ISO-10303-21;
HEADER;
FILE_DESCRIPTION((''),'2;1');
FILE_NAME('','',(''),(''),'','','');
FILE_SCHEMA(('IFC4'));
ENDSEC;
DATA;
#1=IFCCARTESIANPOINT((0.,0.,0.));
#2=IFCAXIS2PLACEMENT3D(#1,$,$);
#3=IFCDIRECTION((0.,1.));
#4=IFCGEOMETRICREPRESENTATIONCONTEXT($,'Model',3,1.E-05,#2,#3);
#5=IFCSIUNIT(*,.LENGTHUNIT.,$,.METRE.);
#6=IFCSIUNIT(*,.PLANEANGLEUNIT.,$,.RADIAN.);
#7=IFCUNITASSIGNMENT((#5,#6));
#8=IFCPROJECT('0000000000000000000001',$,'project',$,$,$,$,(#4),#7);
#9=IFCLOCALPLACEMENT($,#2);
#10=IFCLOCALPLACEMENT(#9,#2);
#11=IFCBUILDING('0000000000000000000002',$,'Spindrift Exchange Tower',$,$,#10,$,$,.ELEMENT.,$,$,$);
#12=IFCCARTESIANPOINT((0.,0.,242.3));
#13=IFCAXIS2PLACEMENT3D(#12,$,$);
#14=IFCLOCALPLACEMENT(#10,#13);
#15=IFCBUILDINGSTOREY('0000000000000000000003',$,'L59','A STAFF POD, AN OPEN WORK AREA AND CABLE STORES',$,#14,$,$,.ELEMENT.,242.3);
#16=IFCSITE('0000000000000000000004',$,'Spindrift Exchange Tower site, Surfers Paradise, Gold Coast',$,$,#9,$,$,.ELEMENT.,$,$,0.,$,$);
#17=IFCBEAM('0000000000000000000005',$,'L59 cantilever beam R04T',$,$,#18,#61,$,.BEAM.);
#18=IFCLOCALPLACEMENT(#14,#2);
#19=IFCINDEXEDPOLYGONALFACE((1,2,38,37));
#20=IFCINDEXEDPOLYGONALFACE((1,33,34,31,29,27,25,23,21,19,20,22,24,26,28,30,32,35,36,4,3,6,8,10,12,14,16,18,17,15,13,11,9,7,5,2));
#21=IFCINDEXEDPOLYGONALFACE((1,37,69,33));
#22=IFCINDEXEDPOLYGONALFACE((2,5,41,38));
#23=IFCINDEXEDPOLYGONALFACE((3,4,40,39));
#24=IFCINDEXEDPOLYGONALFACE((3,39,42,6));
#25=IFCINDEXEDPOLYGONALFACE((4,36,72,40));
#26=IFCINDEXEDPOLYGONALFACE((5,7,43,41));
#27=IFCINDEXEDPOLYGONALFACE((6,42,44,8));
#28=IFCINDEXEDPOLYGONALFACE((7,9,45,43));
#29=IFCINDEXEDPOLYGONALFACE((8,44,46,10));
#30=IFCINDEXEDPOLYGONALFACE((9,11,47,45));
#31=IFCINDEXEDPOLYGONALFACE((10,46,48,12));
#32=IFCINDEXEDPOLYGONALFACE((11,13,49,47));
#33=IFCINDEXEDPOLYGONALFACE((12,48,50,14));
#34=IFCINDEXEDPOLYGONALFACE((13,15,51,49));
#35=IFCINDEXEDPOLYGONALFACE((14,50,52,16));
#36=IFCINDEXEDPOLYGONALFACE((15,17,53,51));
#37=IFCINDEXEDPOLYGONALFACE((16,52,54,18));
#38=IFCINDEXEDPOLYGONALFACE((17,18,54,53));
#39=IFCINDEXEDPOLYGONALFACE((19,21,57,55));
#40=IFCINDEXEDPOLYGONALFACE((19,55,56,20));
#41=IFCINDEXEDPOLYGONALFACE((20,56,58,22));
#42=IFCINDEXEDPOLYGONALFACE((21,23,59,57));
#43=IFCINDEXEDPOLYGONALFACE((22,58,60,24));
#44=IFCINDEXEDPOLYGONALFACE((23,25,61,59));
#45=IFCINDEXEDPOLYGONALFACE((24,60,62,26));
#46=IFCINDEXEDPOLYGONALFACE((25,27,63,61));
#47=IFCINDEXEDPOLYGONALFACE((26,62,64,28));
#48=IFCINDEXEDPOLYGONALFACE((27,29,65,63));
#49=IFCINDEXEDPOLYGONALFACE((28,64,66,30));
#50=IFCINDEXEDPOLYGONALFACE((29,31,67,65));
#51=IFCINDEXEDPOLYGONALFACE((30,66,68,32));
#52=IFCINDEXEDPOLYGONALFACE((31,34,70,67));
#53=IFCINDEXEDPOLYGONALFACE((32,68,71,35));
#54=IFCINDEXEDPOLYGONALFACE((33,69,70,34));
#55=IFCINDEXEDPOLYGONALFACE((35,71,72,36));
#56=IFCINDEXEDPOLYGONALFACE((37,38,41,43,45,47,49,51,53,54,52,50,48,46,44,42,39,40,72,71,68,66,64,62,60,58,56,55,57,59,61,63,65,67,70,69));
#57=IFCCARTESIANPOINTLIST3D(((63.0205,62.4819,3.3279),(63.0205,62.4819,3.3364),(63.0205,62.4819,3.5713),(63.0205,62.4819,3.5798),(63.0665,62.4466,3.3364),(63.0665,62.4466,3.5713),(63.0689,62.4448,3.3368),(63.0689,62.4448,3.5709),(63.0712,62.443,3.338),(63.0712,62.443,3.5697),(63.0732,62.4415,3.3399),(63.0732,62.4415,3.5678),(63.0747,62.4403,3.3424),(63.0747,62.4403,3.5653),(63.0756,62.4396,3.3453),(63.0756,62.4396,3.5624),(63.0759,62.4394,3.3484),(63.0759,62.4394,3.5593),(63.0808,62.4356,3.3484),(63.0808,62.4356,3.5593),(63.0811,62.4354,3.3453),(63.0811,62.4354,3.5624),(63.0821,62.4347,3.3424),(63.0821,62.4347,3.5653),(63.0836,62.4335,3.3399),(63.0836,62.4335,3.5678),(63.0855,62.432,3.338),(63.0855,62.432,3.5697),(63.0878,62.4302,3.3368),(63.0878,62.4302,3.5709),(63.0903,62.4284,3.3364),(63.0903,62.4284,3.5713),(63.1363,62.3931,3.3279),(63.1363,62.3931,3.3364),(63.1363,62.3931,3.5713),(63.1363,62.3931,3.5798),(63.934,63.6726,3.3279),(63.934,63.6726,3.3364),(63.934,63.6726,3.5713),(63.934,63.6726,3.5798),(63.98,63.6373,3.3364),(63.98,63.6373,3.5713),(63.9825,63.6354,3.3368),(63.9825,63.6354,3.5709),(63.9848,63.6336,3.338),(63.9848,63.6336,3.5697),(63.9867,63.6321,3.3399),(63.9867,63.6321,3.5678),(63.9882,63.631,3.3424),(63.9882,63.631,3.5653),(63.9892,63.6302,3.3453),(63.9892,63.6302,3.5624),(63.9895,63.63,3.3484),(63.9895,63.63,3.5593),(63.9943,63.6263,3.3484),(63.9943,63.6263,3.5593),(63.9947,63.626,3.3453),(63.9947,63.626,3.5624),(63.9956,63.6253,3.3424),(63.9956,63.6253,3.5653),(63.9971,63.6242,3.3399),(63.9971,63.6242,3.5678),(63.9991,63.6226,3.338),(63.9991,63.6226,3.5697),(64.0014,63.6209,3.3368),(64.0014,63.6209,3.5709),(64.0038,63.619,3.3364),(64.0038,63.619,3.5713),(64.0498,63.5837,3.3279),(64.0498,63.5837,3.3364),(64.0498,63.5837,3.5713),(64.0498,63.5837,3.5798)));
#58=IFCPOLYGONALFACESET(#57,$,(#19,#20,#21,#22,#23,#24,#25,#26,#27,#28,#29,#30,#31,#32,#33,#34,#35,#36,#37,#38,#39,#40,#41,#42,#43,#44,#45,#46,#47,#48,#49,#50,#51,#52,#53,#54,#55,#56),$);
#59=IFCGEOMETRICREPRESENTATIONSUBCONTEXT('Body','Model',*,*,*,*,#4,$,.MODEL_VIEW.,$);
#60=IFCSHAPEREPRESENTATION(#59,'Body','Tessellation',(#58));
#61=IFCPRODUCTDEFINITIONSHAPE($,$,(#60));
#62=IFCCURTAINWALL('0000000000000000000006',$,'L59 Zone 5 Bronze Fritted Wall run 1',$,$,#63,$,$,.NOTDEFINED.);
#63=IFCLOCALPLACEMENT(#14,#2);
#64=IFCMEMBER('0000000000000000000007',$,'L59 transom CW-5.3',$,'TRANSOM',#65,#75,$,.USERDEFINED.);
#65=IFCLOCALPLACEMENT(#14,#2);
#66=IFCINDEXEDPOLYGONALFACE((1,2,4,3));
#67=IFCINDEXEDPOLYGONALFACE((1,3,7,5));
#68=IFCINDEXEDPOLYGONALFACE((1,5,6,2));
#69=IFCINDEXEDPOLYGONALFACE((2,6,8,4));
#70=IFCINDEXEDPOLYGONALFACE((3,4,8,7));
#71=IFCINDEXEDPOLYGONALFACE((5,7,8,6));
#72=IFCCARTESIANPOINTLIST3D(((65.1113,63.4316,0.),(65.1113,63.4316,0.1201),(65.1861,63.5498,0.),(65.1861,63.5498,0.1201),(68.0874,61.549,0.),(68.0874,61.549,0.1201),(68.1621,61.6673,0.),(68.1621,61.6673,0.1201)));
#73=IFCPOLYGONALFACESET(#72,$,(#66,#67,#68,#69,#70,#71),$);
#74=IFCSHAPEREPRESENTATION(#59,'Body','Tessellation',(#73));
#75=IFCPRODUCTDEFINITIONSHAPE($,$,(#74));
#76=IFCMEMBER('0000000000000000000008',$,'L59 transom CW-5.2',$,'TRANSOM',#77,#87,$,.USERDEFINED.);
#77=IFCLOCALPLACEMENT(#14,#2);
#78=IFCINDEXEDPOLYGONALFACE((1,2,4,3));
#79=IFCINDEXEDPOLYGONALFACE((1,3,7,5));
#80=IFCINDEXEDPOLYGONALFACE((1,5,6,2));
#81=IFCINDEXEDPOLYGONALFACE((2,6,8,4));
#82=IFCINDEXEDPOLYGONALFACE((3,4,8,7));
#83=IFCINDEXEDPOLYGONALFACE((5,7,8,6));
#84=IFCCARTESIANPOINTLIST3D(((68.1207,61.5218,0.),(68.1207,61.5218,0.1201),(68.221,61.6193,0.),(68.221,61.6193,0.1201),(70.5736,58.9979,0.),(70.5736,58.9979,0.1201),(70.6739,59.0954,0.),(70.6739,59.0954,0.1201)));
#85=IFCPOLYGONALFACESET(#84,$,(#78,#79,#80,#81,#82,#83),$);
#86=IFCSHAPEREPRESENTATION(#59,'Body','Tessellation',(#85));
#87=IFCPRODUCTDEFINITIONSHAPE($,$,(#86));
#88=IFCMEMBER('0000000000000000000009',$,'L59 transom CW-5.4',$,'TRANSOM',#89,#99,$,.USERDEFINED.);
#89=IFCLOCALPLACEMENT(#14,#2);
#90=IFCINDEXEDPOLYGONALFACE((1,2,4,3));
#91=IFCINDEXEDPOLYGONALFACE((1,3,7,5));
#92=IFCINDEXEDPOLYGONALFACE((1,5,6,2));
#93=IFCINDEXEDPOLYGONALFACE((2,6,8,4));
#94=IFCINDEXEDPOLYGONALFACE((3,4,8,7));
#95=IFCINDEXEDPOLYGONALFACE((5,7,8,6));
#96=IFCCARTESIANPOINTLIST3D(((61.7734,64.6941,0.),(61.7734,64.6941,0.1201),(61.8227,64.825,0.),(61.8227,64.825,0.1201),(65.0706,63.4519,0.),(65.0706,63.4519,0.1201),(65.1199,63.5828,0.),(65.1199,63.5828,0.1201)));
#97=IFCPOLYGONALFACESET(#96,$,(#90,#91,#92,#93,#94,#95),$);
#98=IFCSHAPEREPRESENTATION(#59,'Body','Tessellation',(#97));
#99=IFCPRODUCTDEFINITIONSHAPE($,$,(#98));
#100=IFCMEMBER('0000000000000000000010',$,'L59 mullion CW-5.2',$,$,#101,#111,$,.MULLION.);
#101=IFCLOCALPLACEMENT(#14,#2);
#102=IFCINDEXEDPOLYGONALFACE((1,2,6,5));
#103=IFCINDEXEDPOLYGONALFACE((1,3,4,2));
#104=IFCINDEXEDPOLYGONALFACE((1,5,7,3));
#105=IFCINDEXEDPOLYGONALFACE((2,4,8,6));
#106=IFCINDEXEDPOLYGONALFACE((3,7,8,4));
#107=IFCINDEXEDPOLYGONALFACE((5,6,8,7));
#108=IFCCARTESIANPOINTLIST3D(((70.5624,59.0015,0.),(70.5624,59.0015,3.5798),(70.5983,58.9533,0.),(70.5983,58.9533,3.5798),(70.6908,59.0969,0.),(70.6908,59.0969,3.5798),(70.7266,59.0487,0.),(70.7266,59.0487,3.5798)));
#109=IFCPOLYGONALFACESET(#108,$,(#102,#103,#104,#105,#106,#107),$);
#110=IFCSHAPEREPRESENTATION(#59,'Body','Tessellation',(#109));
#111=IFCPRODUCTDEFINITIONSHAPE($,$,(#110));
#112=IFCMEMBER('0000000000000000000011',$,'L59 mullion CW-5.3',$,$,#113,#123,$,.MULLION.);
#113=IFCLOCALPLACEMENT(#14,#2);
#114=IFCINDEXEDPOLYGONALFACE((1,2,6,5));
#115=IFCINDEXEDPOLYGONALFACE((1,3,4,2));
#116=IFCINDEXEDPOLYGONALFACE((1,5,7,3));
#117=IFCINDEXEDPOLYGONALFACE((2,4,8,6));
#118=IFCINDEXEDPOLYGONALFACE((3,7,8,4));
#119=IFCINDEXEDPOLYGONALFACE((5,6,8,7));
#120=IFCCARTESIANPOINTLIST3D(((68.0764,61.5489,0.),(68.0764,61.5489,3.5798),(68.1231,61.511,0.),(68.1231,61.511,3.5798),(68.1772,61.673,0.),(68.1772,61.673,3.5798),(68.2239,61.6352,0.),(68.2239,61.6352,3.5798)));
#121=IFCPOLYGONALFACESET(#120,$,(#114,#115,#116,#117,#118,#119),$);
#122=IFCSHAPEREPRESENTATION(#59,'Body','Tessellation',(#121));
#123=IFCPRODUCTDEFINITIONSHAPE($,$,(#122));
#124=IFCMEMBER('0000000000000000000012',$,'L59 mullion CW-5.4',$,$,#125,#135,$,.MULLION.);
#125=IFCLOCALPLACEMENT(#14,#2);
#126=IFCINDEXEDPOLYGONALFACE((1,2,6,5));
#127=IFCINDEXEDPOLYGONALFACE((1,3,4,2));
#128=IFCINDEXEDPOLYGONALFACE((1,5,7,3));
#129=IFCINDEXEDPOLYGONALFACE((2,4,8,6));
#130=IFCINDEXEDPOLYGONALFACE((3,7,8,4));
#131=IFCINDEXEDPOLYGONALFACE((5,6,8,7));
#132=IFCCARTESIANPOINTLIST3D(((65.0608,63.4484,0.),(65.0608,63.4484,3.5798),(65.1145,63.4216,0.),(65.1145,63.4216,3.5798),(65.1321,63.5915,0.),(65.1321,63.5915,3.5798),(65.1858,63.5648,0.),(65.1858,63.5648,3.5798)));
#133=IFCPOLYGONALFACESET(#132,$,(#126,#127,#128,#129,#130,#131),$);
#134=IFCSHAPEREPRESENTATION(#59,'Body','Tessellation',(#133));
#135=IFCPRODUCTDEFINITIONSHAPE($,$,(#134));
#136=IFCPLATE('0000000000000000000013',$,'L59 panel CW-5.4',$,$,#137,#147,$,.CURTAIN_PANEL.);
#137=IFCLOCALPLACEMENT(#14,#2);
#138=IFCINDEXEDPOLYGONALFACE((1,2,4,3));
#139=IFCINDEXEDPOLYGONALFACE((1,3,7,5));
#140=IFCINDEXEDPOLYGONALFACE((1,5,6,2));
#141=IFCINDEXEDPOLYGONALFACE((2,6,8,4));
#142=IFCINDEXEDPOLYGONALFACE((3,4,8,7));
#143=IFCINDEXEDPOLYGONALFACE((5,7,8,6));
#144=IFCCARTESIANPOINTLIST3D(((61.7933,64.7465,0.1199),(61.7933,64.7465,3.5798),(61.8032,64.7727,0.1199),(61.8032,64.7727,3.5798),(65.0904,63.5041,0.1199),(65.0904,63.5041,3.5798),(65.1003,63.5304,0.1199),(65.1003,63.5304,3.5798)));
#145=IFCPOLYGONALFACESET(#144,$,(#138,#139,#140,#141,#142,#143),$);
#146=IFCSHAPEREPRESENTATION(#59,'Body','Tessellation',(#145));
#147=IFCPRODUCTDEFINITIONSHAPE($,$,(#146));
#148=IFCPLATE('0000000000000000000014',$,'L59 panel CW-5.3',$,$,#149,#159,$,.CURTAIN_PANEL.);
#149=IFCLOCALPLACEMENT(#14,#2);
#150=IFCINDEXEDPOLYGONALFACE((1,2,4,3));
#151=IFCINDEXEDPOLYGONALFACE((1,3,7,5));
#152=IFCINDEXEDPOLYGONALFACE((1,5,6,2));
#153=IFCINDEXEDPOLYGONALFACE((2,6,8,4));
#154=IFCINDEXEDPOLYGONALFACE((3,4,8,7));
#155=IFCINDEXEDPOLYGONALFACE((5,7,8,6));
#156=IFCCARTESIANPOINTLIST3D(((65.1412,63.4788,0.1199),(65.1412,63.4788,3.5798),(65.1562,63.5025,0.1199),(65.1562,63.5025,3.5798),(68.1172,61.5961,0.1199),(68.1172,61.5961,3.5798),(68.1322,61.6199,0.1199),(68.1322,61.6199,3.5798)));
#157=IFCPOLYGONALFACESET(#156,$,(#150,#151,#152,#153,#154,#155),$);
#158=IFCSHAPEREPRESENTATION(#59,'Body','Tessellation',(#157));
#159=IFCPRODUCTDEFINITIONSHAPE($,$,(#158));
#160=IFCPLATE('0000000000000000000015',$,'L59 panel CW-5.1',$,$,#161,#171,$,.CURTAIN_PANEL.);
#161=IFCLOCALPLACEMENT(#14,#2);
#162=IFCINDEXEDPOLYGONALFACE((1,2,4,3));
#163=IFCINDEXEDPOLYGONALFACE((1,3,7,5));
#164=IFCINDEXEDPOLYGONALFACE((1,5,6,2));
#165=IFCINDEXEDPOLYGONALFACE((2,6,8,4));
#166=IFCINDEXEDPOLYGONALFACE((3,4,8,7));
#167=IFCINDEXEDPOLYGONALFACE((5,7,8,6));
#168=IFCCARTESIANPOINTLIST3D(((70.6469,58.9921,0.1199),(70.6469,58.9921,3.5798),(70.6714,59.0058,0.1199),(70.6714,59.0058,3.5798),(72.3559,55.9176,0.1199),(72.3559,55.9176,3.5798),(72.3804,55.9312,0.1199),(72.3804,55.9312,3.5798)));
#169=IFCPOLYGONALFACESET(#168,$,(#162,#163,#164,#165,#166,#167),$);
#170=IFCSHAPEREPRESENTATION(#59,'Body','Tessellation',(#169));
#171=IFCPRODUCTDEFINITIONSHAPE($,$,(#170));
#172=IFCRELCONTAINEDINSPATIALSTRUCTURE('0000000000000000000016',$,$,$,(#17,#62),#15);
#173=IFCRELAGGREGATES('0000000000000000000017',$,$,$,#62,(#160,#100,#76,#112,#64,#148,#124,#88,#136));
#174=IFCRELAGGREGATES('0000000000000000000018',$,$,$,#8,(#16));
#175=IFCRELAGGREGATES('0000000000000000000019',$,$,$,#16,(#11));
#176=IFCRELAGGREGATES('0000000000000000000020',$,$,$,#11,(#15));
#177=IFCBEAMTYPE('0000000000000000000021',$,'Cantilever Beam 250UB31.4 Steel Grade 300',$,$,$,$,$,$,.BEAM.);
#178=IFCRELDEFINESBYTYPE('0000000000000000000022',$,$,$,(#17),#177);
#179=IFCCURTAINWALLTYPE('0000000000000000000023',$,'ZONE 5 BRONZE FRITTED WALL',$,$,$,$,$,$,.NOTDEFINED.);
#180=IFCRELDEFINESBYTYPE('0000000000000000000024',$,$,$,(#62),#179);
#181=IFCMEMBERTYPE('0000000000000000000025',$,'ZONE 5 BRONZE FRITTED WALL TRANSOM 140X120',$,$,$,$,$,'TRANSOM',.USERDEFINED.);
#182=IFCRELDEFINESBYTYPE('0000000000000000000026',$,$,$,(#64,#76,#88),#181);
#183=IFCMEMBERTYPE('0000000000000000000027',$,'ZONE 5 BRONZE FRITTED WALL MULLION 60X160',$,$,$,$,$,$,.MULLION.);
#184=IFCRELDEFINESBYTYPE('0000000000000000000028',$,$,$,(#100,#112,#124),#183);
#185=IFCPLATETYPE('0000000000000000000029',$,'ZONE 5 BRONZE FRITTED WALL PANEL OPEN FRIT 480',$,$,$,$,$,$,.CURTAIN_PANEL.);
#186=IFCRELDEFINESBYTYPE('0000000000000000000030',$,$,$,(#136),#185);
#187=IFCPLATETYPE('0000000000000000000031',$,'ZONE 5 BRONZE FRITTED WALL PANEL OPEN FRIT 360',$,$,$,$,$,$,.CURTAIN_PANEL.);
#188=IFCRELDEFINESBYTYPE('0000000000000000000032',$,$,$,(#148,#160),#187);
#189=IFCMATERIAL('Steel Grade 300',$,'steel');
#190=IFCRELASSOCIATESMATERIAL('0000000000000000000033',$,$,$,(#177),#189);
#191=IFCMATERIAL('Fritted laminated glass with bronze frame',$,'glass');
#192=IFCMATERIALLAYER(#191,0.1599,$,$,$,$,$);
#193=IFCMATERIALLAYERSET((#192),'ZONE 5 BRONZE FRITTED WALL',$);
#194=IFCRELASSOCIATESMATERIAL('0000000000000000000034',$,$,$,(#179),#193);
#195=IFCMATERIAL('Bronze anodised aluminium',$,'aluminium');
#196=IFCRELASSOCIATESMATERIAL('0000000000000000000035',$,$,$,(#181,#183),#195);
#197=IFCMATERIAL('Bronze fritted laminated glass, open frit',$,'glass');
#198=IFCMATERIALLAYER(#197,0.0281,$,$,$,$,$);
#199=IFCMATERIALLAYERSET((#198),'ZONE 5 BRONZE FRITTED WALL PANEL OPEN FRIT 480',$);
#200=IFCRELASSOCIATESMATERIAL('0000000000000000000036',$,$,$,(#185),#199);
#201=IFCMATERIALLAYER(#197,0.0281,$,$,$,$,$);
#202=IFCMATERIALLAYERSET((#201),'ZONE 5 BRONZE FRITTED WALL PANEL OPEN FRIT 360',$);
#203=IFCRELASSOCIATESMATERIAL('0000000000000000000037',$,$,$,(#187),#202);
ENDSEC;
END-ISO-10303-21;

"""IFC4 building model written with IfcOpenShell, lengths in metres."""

from ifc_helpers import new_model, si_unit, direction, frame, origin, origin_2d, place, context, subcontext, project, spatial, rectangle, i_section, extrude, source, transform, mapped, material, layer, layer_set, material_profile, profile_set, type_object, element, aggregate, save


model = new_model("IFC4")

# Units and contexts
model_context = context("Model", 3, precision=1e-05, world=origin(), true_north=direction((0.0, 1.0)))
body_context = subcontext(model_context, "Body", "Model", "MODEL_VIEW")
ifc_project = project(units=[si_unit("LENGTHUNIT", "METRE"), si_unit("PLANEANGLEUNIT", "RADIAN")], contexts=[model_context])

# Site, building, storey
site_placement = place(None, origin())
site = spatial("IfcSite", under=ifc_project, at=site_placement, Name="Spindrift Exchange Tower site, Surfers Paradise, Gold Coast", CompositionType="ELEMENT", RefElevation=0.0)
building_placement = place(site_placement, origin())
building = spatial("IfcBuilding", under=site, at=building_placement, Name="Spindrift Exchange Tower", CompositionType="ELEMENT")
storey_placement = place(building_placement, frame((0.0, 0.0, 242.3)))
storey = spatial("IfcBuildingStorey", under=building, at=storey_placement, Name="L59", Description="A STAFF POD, AN OPEN WORK AREA AND CABLE STORES", CompositionType="ELEMENT", Elevation=242.3)

# Beam
ifc_material_1 = material(Name="Steel Grade 300", Category="steel")
ifc_material_profile_1 = material_profile(ifc_material_1, i_section(OverallWidth=0.146, OverallDepth=0.252, WebThickness=0.0061, FlangeThickness=0.0085, FilletRadius=0.012, at=origin_2d()), Name="250UB31.4")
ifc_profile_set_1 = profile_set([ifc_material_profile_1], Name="Steel Grade 300")
beam_type_1 = type_object("IfcBeamType", Name="Cantilever Beam 250UB31.4 Steel Grade 300", PredefinedType="BEAM", material=ifc_profile_set_1)
shared_shape_1 = source(origin(), body_context, "Body", "SweptSolid", [
    extrude(i_section(OverallWidth=0.146, OverallDepth=0.252, WebThickness=0.0061, FlangeThickness=0.0085, FilletRadius=0.012, at=origin_2d()), origin(), (0.0, 0.0, 1.0), 1.5007),
])
beam_1_placement = place(storey_placement, frame((63.0784, 62.4375, 3.4539), z_axis=(0.608735, 0.793373, 0.0), x_axis=(-0.793373, 0.608735, 0.0)))
element("IfcBeam", 1, at=beam_1_placement, inside=storey, type_object=beam_type_1, Name="L59 cantilever beam R04T", PredefinedType="BEAM", context=body_context, shape_type="MappedRepresentation", body=[
    mapped(shared_shape_1, transform((0.0, 0.0, 0.0), scale=1.0)),
])

# Curtain wall, members, plates
ifc_material_2 = material(Name="Fritted laminated glass with bronze frame", Category="glass")
ifc_layer_1 = layer(ifc_material_2, 0.1599)
ifc_layer_set_1 = layer_set([ifc_layer_1], Name="ZONE 5 BRONZE FRITTED WALL")
curtain_wall_type = type_object("IfcCurtainWallType", Name="ZONE 5 BRONZE FRITTED WALL", PredefinedType="NOTDEFINED", material=ifc_layer_set_1)
curtain_wall_placement = place(storey_placement, origin())
curtain_wall = element("IfcCurtainWall", 2, at=curtain_wall_placement, inside=storey, type_object=curtain_wall_type, Name="L59 Zone 5 Bronze Fritted Wall run 1", PredefinedType="NOTDEFINED")
ifc_material_3 = material(Name="Bronze anodised aluminium", Category="aluminium")
ifc_material_profile_2 = material_profile(ifc_material_3, rectangle(XDim=0.1399, YDim=0.1201, at=origin_2d()), Name="ZONE 5 BRONZE FRITTED WALL TRANSOM 140X120")
ifc_profile_set_2 = profile_set([ifc_material_profile_2], Name="Bronze anodised aluminium")
member_type_1 = type_object("IfcMemberType", Name="ZONE 5 BRONZE FRITTED WALL TRANSOM 140X120", ElementType="TRANSOM", PredefinedType="USERDEFINED", material=ifc_profile_set_2)
shared_shape_2 = source(origin(), body_context, "Body", "SweptSolid", [
    extrude(rectangle(XDim=0.1399, YDim=0.1201, at=origin_2d()), origin(), (0.0, 0.0, 1.0), 3.5215),
])
member_1_placement = place(storey_placement, frame((68.1248, 61.6082, 0.0601), z_axis=(-0.845111, 0.53459, 0.0), x_axis=(-0.53459, -0.845111, 0.0)))
member_1 = element("IfcMember", 3, at=member_1_placement, type_object=member_type_1, Name="L59 transom CW-5.3", ObjectType="TRANSOM", PredefinedType="USERDEFINED", context=body_context, shape_type="MappedRepresentation", body=[
    mapped(shared_shape_2, transform((0.0, 0.0, 0.0), scale=1.0)),
])
shared_shape_3 = source(origin(), body_context, "Body", "SweptSolid", [
    extrude(rectangle(XDim=0.1399, YDim=0.1201, at=origin_2d()), origin(), (0.0, 0.0, 1.0), 3.5195),
])
member_2_placement = place(storey_placement, frame((70.6238, 59.0466, 0.0601), z_axis=(-0.696942, 0.717128, 0.0), x_axis=(-0.717128, -0.696942, 0.0)))
member_2 = element("IfcMember", 4, at=member_2_placement, type_object=member_type_1, Name="L59 transom CW-5.2", ObjectType="TRANSOM", PredefinedType="USERDEFINED", context=body_context, shape_type="MappedRepresentation", body=[
    mapped(shared_shape_3, transform((0.0, 0.0, 0.0), scale=1.0)),
])
shared_shape_4 = source(origin(), body_context, "Body", "SweptSolid", [
    extrude(rectangle(XDim=0.1399, YDim=0.1201, at=origin_2d()), origin(), (0.0, 0.0, 1.0), 3.5234),
])
member_3_placement = place(storey_placement, frame((65.0952, 63.5173, 0.0601), z_axis=(-0.93579, 0.352558, 0.0), x_axis=(-0.352558, -0.93579, 0.0)))
member_3 = element("IfcMember", 5, at=member_3_placement, type_object=member_type_1, Name="L59 transom CW-5.4", ObjectType="TRANSOM", PredefinedType="USERDEFINED", context=body_context, shape_type="MappedRepresentation", body=[
    mapped(shared_shape_4, transform((0.0, 0.0, 0.0), scale=1.0)),
])
ifc_material_profile_3 = material_profile(ifc_material_3, rectangle(XDim=0.0601, YDim=0.1599, at=origin_2d()), Name="ZONE 5 BRONZE FRITTED WALL MULLION 60X160")
ifc_profile_set_3 = profile_set([ifc_material_profile_3], Name="Bronze anodised aluminium")
member_type_2 = type_object("IfcMemberType", Name="ZONE 5 BRONZE FRITTED WALL MULLION 60X160", PredefinedType="MULLION", material=ifc_profile_set_3)
shared_shape_5 = source(origin(), body_context, "Body", "SweptSolid", [
    extrude(rectangle(XDim=0.0601, YDim=0.1599, at=origin_2d()), origin(), (0.0, 0.0, 1.0), 3.5798),
])
member_4_placement = place(storey_placement, frame((70.6445, 59.0251, 0.0), z_axis=(0.0, 0.0, 1.0), x_axis=(-0.596562, 0.802567, 0.0)))
member_4 = element("IfcMember", 6, at=member_4_placement, type_object=member_type_2, Name="L59 mullion CW-5.2", PredefinedType="MULLION", context=body_context, shape_type="MappedRepresentation", body=[
    mapped(shared_shape_5, transform((0.0, 0.0, 0.0), scale=1.0)),
])
member_5_placement = place(storey_placement, frame((68.1501, 61.592, 0.0), z_axis=(0.0, 0.0, 1.0), x_axis=(-0.776392, 0.63025, 0.0)))
member_5 = element("IfcMember", 7, at=member_5_placement, type_object=member_type_2, Name="L59 mullion CW-5.3", PredefinedType="MULLION", context=body_context, shape_type="MappedRepresentation", body=[
    mapped(shared_shape_5, transform((0.0, 0.0, 0.0), scale=1.0)),
])
member_6_placement = place(storey_placement, frame((65.1233, 63.5066, 0.0), z_axis=(0.0, 0.0, 1.0), x_axis=(-0.895076, 0.445914, 0.0)))
member_6 = element("IfcMember", 8, at=member_6_placement, type_object=member_type_2, Name="L59 mullion CW-5.4", PredefinedType="MULLION", context=body_context, shape_type="MappedRepresentation", body=[
    mapped(shared_shape_5, transform((0.0, 0.0, 0.0), scale=1.0)),
])
ifc_material_4 = material(Name="Bronze fritted laminated glass, open frit", Category="glass")
ifc_layer_2 = layer(ifc_material_4, 0.0281)
ifc_layer_set_2 = layer_set([ifc_layer_2], Name="ZONE 5 BRONZE FRITTED WALL PANEL OPEN FRIT 480")
plate_type_1 = type_object("IfcPlateType", Name="ZONE 5 BRONZE FRITTED WALL PANEL OPEN FRIT 480", PredefinedType="CURTAIN_PANEL", material=ifc_layer_set_2)
shared_shape_6 = source(origin(), body_context, "Body", "SweptSolid", [
    extrude(rectangle(XDim=3.5234, YDim=0.0281, at=origin_2d()), origin(), (0.0, 0.0, 1.0), 3.46),
])
plate_1_placement = place(storey_placement, frame((63.4468, 64.1384, 0.1199), z_axis=(0.0, 0.0, 1.0), x_axis=(-0.935776, 0.352595, 0.0)))
plate_1 = element("IfcPlate", 9, at=plate_1_placement, type_object=plate_type_1, Name="L59 panel CW-5.4", PredefinedType="CURTAIN_PANEL", context=body_context, shape_type="MappedRepresentation", body=[
    mapped(shared_shape_6, transform((0.0, 0.0, 0.0), scale=1.0)),
])
ifc_layer_3 = layer(ifc_material_4, 0.0281)
ifc_layer_set_3 = layer_set([ifc_layer_3], Name="ZONE 5 BRONZE FRITTED WALL PANEL OPEN FRIT 360")
plate_type_2 = type_object("IfcPlateType", Name="ZONE 5 BRONZE FRITTED WALL PANEL OPEN FRIT 360", PredefinedType="CURTAIN_PANEL", material=ifc_layer_set_3)
shared_shape_7 = source(origin(), body_context, "Body", "SweptSolid", [
    extrude(rectangle(XDim=3.5215, YDim=0.0281, at=origin_2d()), origin(), (0.0, 0.0, 1.0), 3.46),
])
plate_2_placement = place(storey_placement, frame((66.6367, 62.5493, 0.1199), z_axis=(0.0, 0.0, 1.0), x_axis=(-0.845098, 0.534612, 0.0)))
plate_2 = element("IfcPlate", 10, at=plate_2_placement, type_object=plate_type_2, Name="L59 panel CW-5.3", PredefinedType="CURTAIN_PANEL", context=body_context, shape_type="MappedRepresentation", body=[
    mapped(shared_shape_7, transform((0.0, 0.0, 0.0), scale=1.0)),
])
shared_shape_8 = source(origin(), body_context, "Body", "SweptSolid", [
    extrude(rectangle(XDim=3.5176, YDim=0.0281, at=origin_2d()), origin(), (0.0, 0.0, 1.0), 3.46),
])
plate_3_placement = place(storey_placement, frame((71.5137, 57.4617, 0.1199), z_axis=(0.0, 0.0, 1.0), x_axis=(-0.485843, 0.874046, 0.0)))
plate_3 = element("IfcPlate", 11, at=plate_3_placement, type_object=plate_type_2, Name="L59 panel CW-5.1", PredefinedType="CURTAIN_PANEL", context=body_context, shape_type="MappedRepresentation", body=[
    mapped(shared_shape_8, transform((0.0, 0.0, 0.0), scale=1.0)),
])
aggregate(curtain_wall, [plate_3, member_4, member_2, member_5, member_1, plate_2, member_6, member_3, plate_1])

save(model, "model.ifc")
